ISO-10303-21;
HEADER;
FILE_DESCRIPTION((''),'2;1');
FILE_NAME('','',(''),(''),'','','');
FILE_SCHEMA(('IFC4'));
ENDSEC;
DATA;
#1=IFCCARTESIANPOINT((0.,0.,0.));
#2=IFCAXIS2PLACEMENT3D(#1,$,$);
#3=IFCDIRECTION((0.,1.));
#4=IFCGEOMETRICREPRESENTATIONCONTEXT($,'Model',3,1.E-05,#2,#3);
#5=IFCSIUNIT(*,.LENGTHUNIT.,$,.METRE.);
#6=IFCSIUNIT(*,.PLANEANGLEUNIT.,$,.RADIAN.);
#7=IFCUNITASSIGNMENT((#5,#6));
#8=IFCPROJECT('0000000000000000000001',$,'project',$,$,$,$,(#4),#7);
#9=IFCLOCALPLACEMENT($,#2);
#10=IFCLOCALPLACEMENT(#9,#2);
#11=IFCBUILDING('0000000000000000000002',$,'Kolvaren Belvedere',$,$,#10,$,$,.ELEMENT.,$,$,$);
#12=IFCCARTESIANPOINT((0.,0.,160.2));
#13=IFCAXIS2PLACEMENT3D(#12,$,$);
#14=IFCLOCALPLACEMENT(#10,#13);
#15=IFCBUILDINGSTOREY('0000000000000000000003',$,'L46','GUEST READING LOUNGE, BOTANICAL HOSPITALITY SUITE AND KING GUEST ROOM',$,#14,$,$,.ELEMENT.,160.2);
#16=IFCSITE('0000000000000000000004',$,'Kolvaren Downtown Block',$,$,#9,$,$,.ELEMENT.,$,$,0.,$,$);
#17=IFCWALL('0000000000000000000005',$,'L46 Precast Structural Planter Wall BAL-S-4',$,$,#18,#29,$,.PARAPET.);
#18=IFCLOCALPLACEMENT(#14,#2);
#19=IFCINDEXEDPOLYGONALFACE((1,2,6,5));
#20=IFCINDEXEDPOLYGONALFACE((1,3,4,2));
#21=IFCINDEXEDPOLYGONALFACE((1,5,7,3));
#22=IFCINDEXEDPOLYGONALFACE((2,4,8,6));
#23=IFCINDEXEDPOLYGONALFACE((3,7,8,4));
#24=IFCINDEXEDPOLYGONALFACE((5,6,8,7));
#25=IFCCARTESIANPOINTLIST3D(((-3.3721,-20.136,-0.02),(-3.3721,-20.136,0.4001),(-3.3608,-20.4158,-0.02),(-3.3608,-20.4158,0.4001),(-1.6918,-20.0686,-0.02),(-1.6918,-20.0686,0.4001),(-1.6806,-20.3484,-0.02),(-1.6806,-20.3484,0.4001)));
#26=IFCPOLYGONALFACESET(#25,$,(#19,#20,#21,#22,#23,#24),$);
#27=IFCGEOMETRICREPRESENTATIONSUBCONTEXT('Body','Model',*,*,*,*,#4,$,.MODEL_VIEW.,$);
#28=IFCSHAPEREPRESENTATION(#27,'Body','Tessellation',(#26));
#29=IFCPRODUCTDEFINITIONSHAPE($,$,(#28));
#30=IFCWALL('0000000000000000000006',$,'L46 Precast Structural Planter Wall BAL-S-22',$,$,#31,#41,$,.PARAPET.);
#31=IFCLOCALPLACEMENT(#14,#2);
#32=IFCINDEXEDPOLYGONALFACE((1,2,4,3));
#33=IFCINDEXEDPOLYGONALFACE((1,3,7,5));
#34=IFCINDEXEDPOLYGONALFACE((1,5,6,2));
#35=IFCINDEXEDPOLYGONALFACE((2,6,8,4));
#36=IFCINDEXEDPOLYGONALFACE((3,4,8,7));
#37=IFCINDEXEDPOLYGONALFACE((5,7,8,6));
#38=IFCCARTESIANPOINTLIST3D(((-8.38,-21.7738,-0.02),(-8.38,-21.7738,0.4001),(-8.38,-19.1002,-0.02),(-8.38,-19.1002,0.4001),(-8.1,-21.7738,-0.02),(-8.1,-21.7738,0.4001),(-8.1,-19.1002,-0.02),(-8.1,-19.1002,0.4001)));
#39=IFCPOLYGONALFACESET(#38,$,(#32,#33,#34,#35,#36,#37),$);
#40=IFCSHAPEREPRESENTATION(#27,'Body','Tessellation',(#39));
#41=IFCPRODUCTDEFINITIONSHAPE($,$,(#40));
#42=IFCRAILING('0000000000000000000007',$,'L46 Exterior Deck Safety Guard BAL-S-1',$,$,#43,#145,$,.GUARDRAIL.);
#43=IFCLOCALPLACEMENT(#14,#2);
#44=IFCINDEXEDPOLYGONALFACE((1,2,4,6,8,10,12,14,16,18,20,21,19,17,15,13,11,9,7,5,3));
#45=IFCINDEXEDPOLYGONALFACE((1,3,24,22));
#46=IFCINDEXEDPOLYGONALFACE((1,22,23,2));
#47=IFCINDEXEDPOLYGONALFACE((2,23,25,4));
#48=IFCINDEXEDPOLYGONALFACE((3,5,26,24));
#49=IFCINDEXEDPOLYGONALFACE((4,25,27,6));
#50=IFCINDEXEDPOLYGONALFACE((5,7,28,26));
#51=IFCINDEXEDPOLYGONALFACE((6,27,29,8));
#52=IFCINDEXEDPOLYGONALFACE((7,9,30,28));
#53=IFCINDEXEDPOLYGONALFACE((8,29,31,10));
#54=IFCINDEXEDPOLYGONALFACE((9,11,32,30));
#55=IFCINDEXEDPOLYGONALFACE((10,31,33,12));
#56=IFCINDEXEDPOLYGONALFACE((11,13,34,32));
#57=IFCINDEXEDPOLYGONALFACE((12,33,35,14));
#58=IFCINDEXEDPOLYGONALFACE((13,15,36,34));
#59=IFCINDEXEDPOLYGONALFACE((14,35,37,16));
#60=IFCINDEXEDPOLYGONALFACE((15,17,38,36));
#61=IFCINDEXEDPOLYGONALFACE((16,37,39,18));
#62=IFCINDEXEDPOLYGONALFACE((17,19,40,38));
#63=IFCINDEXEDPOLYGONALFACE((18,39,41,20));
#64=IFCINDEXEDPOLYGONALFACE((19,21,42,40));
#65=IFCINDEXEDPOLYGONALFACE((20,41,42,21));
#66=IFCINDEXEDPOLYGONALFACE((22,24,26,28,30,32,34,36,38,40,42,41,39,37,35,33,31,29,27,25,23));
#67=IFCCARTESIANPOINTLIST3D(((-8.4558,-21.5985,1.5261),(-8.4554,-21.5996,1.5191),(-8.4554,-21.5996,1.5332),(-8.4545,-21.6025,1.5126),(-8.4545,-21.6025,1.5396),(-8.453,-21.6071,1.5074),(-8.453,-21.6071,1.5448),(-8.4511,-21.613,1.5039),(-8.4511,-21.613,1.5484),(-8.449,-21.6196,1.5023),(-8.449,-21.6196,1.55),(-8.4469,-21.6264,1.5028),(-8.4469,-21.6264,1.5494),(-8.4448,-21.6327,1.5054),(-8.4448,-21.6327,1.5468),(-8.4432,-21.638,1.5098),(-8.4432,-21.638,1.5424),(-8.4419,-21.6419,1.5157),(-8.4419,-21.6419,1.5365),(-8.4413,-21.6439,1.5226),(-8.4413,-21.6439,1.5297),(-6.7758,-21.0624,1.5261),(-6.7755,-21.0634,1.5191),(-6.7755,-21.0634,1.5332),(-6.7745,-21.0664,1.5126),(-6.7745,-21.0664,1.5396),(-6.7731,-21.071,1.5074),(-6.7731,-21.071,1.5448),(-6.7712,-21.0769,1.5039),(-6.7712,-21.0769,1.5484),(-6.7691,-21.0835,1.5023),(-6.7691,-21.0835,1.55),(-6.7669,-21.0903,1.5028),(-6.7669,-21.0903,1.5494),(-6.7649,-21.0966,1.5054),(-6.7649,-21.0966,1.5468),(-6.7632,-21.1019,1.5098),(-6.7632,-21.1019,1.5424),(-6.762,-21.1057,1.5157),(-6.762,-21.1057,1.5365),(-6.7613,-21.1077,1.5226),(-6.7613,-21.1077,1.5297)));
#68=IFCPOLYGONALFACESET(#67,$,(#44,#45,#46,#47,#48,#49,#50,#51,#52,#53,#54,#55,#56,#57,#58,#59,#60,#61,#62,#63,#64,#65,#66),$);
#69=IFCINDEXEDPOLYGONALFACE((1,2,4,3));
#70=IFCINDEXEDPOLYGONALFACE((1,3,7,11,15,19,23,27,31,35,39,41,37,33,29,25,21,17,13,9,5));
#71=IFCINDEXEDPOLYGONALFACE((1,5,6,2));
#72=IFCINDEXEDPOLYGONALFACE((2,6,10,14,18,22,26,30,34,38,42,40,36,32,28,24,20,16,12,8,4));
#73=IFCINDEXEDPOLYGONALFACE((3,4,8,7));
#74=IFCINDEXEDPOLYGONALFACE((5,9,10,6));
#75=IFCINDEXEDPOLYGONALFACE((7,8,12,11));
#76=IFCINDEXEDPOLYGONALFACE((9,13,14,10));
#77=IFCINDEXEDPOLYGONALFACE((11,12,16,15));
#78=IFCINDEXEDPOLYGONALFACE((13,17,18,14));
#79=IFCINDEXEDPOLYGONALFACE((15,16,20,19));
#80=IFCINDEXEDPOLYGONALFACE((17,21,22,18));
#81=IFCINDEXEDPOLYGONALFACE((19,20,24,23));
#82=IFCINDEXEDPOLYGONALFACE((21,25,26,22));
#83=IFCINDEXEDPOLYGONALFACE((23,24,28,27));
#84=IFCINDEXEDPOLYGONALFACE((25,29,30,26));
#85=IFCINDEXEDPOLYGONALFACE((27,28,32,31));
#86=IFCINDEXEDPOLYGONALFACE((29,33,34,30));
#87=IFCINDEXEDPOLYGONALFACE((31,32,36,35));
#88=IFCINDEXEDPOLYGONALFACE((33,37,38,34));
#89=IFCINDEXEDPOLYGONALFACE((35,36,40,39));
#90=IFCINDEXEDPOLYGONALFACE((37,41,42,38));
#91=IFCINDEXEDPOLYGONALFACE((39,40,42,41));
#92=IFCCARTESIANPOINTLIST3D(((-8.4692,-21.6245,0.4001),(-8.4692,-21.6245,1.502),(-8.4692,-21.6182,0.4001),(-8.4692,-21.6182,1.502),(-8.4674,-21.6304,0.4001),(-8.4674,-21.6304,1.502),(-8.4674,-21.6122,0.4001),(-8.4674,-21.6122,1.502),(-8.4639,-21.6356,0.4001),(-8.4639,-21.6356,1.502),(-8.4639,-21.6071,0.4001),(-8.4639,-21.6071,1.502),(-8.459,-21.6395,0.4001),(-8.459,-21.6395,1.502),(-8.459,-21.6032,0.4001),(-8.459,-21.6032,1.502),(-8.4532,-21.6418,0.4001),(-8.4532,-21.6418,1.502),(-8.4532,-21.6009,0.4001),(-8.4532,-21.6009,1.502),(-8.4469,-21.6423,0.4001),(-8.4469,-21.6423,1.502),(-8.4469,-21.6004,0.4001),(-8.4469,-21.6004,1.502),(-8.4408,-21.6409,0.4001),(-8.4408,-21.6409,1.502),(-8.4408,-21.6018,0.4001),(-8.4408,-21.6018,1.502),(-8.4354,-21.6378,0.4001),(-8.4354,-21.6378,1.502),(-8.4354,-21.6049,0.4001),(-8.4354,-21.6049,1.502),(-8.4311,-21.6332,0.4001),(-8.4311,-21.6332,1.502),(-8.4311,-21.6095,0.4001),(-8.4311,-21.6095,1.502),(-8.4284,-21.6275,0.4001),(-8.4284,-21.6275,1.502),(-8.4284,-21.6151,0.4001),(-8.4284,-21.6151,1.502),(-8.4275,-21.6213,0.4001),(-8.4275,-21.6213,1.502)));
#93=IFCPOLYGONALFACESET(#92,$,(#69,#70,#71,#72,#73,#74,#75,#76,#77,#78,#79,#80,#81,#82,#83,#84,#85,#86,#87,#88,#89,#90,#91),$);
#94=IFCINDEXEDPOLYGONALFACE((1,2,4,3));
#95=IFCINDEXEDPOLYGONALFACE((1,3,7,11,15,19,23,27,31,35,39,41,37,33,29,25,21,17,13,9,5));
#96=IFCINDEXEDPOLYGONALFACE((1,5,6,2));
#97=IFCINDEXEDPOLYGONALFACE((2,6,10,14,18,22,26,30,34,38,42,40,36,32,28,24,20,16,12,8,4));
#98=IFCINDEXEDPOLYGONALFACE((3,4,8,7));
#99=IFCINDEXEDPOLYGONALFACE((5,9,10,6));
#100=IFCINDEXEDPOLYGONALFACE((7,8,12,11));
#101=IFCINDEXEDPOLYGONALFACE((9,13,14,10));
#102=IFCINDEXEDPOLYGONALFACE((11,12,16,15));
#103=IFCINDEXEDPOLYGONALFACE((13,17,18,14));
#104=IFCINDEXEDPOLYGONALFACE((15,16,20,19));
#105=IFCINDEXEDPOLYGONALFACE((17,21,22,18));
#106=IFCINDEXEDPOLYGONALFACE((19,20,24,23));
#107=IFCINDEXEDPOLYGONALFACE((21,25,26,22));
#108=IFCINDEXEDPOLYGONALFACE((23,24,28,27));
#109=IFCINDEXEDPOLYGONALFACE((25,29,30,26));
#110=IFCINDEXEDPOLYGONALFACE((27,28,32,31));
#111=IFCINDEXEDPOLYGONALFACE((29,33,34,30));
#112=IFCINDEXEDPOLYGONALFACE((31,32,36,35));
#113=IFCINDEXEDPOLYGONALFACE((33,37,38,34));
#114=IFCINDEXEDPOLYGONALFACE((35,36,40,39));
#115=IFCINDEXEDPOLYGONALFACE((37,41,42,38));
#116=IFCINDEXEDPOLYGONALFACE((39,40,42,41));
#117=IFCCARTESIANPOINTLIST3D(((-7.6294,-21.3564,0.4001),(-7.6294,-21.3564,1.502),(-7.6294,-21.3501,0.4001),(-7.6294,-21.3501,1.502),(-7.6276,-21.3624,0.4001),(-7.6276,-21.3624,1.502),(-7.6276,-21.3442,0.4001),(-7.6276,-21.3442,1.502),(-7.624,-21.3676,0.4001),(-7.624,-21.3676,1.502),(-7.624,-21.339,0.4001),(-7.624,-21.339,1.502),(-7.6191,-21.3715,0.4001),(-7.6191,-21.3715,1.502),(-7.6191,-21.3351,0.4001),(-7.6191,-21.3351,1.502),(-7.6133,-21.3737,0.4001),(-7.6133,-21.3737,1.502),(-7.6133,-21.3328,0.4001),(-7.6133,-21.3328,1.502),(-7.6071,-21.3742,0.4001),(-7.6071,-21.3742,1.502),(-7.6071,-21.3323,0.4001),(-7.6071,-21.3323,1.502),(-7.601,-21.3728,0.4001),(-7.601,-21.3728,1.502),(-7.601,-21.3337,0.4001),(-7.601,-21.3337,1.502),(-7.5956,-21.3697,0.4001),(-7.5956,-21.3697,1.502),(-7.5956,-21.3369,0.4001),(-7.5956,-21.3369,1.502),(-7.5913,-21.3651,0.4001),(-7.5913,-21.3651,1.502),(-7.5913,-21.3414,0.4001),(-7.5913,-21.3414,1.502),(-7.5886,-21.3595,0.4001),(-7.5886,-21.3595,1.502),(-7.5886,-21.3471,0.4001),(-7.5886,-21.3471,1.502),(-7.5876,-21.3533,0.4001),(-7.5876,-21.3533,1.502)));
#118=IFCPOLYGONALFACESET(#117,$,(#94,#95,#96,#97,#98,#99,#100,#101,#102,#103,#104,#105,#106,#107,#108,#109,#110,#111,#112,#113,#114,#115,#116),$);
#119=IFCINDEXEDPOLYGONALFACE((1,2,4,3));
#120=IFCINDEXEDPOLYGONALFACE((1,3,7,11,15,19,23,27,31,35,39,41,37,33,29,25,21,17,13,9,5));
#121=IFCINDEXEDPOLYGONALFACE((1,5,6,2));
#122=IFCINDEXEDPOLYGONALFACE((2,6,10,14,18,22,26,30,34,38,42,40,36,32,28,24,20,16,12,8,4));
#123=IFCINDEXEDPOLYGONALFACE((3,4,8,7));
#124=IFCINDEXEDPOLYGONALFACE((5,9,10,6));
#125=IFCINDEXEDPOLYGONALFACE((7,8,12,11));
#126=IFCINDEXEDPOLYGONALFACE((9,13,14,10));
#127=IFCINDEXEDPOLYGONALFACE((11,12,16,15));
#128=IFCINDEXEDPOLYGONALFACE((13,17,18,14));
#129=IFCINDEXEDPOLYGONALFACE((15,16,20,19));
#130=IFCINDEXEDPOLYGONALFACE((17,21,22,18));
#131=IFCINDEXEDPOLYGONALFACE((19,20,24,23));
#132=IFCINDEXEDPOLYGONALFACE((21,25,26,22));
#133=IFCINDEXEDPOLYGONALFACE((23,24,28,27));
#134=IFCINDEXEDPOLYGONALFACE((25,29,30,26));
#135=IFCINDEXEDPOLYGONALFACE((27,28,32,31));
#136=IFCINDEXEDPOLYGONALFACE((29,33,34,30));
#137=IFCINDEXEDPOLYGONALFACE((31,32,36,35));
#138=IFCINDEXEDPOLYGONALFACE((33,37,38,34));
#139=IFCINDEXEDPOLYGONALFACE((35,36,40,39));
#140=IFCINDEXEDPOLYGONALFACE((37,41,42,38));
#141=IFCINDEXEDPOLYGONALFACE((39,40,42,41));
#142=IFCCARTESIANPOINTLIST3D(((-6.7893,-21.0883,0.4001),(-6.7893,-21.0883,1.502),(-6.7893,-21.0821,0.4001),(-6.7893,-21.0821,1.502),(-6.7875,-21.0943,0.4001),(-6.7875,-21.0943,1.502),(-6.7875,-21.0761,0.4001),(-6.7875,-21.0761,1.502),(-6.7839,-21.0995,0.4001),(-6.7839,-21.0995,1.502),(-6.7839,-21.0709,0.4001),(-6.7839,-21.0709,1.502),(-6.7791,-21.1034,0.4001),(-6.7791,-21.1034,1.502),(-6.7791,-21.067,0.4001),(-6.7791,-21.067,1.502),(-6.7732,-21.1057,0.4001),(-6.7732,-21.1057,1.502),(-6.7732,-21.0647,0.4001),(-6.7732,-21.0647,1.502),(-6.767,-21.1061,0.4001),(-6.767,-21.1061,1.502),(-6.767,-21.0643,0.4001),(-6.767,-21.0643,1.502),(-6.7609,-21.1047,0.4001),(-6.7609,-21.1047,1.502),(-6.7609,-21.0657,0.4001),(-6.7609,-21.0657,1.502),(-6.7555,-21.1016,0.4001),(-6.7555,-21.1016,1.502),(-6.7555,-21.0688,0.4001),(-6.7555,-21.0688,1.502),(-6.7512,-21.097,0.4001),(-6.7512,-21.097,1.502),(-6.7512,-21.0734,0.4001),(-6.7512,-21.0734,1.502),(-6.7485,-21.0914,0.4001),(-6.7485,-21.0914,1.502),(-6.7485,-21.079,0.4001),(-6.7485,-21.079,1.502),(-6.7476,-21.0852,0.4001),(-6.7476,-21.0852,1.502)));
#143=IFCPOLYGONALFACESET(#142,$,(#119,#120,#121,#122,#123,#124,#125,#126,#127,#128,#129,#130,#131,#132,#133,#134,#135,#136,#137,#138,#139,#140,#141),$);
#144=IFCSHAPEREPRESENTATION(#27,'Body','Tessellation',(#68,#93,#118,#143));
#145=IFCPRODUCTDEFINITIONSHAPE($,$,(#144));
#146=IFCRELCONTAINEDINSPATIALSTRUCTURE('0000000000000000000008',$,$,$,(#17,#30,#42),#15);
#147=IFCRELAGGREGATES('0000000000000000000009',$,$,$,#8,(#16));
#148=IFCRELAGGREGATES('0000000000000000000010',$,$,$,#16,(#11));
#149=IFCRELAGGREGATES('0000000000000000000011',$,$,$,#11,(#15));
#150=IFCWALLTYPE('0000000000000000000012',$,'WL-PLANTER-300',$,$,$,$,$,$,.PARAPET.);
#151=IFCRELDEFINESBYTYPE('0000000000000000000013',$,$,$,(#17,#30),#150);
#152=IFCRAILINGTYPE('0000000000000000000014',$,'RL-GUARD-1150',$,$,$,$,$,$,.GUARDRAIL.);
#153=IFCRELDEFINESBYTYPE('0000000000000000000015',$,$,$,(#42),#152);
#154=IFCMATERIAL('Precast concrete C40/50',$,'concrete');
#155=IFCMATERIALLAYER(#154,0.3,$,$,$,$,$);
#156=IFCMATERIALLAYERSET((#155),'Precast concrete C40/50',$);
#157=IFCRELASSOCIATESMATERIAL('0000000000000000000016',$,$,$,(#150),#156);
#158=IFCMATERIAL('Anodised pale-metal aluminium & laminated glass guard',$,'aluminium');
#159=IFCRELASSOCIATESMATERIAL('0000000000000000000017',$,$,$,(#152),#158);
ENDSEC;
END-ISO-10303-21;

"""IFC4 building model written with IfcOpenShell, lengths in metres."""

from ifc_helpers import new_model, si_unit, direction, frame, frame_2d, origin, origin_2d, place, context, subcontext, project, spatial, rectangle, circle, extrude, material, layer, layer_set, type_object, element, save


model = new_model("IFC4")

# Units and contexts
model_context = context("Model", 3, precision=1e-05, world=origin(), true_north=direction((0.0, 1.0)))
body_context = subcontext(model_context, "Body", "Model", "MODEL_VIEW")
ifc_project = project(units=[si_unit("LENGTHUNIT", "METRE"), si_unit("PLANEANGLEUNIT", "RADIAN")], contexts=[model_context])

# Site, building, storey
site_placement = place(None, origin())
site = spatial("IfcSite", under=ifc_project, at=site_placement, Name="Kolvaren Downtown Block", CompositionType="ELEMENT", RefElevation=0.0)
building_placement = place(site_placement, origin())
building = spatial("IfcBuilding", under=site, at=building_placement, Name="Kolvaren Belvedere", CompositionType="ELEMENT")
storey_placement = place(building_placement, frame((0.0, 0.0, 160.2)))
storey = spatial("IfcBuildingStorey", under=building, at=storey_placement, Name="L46", Description="GUEST READING LOUNGE, BOTANICAL HOSPITALITY SUITE AND KING GUEST ROOM", CompositionType="ELEMENT", Elevation=160.2)

# Walls
ifc_material_1 = material(Name="Precast concrete C40/50", Category="concrete")
ifc_layer_1 = layer(ifc_material_1, 0.3)
ifc_layer_set_1 = layer_set([ifc_layer_1], Name="Precast concrete C40/50")
wall_type_1 = type_object("IfcWallType", Name="WL-PLANTER-300", PredefinedType="PARAPET", material=ifc_layer_set_1)
wall_1_placement = place(storey_placement, frame((-3.3665, -20.2759, -0.02), z_axis=(0.0, 0.0, 1.0), x_axis=(0.999197, 0.040072, 0.0)))
element("IfcWall", 1, at=wall_1_placement, inside=storey, type_object=wall_type_1, Name="L46 Precast Structural Planter Wall BAL-S-4", PredefinedType="PARAPET", context=body_context, shape_type="SweptSolid", body=[
    extrude(rectangle(XDim=1.6816, YDim=0.28, at=frame_2d((0.8408, 0.0))), origin(), (0.0, 0.0, 1.0), 0.4202),
])
wall_2_placement = place(storey_placement, frame((-8.24, -19.1001, -0.02), z_axis=(0.0, 0.0, 1.0), x_axis=(0.0, -1.0, 0.0)))
element("IfcWall", 2, at=wall_2_placement, inside=storey, type_object=wall_type_1, Name="L46 Precast Structural Planter Wall BAL-S-22", PredefinedType="PARAPET", context=body_context, shape_type="SweptSolid", body=[
    extrude(rectangle(XDim=2.6736, YDim=0.28, at=frame_2d((1.3369, 0.0))), origin(), (0.0, 0.0, 1.0), 0.4202),
])

# Railing
ifc_material_2 = material(Name="Anodised pale-metal aluminium & laminated glass guard", Category="aluminium")
railing_type = type_object("IfcRailingType", Name="RL-GUARD-1150", PredefinedType="GUARDRAIL", material=ifc_material_2)
railing_1_placement = place(storey_placement, frame((-8.4485, -21.6213, 0.4001)))
element("IfcRailing", 3, at=railing_1_placement, inside=storey, type_object=railing_type, Name="L46 Exterior Deck Safety Guard BAL-S-1", PredefinedType="GUARDRAIL", context=body_context, shape_type="SweptSolid", body=[
    extrude(circle(Radius=0.0239, at=origin_2d()), frame((0.0, 0.0, 1.126), z_axis=(0.952662, 0.304032, 0.0), x_axis=(-0.304032, 0.952662, 0.0)), (0.0, 0.0, 1.0), 1.7634),
    extrude(circle(Radius=0.021, at=origin_2d()), origin(), (0.0, 0.0, 1.0), 1.1018),
    extrude(circle(Radius=0.021, at=origin_2d()), frame((0.8398, 0.2681, 0.0)), (0.0, 0.0, 1.0), 1.1018),
    extrude(circle(Radius=0.021, at=origin_2d()), frame((1.6799, 0.5361, 0.0)), (0.0, 0.0, 1.0), 1.1018),
])

save(model, "model.ifc")
